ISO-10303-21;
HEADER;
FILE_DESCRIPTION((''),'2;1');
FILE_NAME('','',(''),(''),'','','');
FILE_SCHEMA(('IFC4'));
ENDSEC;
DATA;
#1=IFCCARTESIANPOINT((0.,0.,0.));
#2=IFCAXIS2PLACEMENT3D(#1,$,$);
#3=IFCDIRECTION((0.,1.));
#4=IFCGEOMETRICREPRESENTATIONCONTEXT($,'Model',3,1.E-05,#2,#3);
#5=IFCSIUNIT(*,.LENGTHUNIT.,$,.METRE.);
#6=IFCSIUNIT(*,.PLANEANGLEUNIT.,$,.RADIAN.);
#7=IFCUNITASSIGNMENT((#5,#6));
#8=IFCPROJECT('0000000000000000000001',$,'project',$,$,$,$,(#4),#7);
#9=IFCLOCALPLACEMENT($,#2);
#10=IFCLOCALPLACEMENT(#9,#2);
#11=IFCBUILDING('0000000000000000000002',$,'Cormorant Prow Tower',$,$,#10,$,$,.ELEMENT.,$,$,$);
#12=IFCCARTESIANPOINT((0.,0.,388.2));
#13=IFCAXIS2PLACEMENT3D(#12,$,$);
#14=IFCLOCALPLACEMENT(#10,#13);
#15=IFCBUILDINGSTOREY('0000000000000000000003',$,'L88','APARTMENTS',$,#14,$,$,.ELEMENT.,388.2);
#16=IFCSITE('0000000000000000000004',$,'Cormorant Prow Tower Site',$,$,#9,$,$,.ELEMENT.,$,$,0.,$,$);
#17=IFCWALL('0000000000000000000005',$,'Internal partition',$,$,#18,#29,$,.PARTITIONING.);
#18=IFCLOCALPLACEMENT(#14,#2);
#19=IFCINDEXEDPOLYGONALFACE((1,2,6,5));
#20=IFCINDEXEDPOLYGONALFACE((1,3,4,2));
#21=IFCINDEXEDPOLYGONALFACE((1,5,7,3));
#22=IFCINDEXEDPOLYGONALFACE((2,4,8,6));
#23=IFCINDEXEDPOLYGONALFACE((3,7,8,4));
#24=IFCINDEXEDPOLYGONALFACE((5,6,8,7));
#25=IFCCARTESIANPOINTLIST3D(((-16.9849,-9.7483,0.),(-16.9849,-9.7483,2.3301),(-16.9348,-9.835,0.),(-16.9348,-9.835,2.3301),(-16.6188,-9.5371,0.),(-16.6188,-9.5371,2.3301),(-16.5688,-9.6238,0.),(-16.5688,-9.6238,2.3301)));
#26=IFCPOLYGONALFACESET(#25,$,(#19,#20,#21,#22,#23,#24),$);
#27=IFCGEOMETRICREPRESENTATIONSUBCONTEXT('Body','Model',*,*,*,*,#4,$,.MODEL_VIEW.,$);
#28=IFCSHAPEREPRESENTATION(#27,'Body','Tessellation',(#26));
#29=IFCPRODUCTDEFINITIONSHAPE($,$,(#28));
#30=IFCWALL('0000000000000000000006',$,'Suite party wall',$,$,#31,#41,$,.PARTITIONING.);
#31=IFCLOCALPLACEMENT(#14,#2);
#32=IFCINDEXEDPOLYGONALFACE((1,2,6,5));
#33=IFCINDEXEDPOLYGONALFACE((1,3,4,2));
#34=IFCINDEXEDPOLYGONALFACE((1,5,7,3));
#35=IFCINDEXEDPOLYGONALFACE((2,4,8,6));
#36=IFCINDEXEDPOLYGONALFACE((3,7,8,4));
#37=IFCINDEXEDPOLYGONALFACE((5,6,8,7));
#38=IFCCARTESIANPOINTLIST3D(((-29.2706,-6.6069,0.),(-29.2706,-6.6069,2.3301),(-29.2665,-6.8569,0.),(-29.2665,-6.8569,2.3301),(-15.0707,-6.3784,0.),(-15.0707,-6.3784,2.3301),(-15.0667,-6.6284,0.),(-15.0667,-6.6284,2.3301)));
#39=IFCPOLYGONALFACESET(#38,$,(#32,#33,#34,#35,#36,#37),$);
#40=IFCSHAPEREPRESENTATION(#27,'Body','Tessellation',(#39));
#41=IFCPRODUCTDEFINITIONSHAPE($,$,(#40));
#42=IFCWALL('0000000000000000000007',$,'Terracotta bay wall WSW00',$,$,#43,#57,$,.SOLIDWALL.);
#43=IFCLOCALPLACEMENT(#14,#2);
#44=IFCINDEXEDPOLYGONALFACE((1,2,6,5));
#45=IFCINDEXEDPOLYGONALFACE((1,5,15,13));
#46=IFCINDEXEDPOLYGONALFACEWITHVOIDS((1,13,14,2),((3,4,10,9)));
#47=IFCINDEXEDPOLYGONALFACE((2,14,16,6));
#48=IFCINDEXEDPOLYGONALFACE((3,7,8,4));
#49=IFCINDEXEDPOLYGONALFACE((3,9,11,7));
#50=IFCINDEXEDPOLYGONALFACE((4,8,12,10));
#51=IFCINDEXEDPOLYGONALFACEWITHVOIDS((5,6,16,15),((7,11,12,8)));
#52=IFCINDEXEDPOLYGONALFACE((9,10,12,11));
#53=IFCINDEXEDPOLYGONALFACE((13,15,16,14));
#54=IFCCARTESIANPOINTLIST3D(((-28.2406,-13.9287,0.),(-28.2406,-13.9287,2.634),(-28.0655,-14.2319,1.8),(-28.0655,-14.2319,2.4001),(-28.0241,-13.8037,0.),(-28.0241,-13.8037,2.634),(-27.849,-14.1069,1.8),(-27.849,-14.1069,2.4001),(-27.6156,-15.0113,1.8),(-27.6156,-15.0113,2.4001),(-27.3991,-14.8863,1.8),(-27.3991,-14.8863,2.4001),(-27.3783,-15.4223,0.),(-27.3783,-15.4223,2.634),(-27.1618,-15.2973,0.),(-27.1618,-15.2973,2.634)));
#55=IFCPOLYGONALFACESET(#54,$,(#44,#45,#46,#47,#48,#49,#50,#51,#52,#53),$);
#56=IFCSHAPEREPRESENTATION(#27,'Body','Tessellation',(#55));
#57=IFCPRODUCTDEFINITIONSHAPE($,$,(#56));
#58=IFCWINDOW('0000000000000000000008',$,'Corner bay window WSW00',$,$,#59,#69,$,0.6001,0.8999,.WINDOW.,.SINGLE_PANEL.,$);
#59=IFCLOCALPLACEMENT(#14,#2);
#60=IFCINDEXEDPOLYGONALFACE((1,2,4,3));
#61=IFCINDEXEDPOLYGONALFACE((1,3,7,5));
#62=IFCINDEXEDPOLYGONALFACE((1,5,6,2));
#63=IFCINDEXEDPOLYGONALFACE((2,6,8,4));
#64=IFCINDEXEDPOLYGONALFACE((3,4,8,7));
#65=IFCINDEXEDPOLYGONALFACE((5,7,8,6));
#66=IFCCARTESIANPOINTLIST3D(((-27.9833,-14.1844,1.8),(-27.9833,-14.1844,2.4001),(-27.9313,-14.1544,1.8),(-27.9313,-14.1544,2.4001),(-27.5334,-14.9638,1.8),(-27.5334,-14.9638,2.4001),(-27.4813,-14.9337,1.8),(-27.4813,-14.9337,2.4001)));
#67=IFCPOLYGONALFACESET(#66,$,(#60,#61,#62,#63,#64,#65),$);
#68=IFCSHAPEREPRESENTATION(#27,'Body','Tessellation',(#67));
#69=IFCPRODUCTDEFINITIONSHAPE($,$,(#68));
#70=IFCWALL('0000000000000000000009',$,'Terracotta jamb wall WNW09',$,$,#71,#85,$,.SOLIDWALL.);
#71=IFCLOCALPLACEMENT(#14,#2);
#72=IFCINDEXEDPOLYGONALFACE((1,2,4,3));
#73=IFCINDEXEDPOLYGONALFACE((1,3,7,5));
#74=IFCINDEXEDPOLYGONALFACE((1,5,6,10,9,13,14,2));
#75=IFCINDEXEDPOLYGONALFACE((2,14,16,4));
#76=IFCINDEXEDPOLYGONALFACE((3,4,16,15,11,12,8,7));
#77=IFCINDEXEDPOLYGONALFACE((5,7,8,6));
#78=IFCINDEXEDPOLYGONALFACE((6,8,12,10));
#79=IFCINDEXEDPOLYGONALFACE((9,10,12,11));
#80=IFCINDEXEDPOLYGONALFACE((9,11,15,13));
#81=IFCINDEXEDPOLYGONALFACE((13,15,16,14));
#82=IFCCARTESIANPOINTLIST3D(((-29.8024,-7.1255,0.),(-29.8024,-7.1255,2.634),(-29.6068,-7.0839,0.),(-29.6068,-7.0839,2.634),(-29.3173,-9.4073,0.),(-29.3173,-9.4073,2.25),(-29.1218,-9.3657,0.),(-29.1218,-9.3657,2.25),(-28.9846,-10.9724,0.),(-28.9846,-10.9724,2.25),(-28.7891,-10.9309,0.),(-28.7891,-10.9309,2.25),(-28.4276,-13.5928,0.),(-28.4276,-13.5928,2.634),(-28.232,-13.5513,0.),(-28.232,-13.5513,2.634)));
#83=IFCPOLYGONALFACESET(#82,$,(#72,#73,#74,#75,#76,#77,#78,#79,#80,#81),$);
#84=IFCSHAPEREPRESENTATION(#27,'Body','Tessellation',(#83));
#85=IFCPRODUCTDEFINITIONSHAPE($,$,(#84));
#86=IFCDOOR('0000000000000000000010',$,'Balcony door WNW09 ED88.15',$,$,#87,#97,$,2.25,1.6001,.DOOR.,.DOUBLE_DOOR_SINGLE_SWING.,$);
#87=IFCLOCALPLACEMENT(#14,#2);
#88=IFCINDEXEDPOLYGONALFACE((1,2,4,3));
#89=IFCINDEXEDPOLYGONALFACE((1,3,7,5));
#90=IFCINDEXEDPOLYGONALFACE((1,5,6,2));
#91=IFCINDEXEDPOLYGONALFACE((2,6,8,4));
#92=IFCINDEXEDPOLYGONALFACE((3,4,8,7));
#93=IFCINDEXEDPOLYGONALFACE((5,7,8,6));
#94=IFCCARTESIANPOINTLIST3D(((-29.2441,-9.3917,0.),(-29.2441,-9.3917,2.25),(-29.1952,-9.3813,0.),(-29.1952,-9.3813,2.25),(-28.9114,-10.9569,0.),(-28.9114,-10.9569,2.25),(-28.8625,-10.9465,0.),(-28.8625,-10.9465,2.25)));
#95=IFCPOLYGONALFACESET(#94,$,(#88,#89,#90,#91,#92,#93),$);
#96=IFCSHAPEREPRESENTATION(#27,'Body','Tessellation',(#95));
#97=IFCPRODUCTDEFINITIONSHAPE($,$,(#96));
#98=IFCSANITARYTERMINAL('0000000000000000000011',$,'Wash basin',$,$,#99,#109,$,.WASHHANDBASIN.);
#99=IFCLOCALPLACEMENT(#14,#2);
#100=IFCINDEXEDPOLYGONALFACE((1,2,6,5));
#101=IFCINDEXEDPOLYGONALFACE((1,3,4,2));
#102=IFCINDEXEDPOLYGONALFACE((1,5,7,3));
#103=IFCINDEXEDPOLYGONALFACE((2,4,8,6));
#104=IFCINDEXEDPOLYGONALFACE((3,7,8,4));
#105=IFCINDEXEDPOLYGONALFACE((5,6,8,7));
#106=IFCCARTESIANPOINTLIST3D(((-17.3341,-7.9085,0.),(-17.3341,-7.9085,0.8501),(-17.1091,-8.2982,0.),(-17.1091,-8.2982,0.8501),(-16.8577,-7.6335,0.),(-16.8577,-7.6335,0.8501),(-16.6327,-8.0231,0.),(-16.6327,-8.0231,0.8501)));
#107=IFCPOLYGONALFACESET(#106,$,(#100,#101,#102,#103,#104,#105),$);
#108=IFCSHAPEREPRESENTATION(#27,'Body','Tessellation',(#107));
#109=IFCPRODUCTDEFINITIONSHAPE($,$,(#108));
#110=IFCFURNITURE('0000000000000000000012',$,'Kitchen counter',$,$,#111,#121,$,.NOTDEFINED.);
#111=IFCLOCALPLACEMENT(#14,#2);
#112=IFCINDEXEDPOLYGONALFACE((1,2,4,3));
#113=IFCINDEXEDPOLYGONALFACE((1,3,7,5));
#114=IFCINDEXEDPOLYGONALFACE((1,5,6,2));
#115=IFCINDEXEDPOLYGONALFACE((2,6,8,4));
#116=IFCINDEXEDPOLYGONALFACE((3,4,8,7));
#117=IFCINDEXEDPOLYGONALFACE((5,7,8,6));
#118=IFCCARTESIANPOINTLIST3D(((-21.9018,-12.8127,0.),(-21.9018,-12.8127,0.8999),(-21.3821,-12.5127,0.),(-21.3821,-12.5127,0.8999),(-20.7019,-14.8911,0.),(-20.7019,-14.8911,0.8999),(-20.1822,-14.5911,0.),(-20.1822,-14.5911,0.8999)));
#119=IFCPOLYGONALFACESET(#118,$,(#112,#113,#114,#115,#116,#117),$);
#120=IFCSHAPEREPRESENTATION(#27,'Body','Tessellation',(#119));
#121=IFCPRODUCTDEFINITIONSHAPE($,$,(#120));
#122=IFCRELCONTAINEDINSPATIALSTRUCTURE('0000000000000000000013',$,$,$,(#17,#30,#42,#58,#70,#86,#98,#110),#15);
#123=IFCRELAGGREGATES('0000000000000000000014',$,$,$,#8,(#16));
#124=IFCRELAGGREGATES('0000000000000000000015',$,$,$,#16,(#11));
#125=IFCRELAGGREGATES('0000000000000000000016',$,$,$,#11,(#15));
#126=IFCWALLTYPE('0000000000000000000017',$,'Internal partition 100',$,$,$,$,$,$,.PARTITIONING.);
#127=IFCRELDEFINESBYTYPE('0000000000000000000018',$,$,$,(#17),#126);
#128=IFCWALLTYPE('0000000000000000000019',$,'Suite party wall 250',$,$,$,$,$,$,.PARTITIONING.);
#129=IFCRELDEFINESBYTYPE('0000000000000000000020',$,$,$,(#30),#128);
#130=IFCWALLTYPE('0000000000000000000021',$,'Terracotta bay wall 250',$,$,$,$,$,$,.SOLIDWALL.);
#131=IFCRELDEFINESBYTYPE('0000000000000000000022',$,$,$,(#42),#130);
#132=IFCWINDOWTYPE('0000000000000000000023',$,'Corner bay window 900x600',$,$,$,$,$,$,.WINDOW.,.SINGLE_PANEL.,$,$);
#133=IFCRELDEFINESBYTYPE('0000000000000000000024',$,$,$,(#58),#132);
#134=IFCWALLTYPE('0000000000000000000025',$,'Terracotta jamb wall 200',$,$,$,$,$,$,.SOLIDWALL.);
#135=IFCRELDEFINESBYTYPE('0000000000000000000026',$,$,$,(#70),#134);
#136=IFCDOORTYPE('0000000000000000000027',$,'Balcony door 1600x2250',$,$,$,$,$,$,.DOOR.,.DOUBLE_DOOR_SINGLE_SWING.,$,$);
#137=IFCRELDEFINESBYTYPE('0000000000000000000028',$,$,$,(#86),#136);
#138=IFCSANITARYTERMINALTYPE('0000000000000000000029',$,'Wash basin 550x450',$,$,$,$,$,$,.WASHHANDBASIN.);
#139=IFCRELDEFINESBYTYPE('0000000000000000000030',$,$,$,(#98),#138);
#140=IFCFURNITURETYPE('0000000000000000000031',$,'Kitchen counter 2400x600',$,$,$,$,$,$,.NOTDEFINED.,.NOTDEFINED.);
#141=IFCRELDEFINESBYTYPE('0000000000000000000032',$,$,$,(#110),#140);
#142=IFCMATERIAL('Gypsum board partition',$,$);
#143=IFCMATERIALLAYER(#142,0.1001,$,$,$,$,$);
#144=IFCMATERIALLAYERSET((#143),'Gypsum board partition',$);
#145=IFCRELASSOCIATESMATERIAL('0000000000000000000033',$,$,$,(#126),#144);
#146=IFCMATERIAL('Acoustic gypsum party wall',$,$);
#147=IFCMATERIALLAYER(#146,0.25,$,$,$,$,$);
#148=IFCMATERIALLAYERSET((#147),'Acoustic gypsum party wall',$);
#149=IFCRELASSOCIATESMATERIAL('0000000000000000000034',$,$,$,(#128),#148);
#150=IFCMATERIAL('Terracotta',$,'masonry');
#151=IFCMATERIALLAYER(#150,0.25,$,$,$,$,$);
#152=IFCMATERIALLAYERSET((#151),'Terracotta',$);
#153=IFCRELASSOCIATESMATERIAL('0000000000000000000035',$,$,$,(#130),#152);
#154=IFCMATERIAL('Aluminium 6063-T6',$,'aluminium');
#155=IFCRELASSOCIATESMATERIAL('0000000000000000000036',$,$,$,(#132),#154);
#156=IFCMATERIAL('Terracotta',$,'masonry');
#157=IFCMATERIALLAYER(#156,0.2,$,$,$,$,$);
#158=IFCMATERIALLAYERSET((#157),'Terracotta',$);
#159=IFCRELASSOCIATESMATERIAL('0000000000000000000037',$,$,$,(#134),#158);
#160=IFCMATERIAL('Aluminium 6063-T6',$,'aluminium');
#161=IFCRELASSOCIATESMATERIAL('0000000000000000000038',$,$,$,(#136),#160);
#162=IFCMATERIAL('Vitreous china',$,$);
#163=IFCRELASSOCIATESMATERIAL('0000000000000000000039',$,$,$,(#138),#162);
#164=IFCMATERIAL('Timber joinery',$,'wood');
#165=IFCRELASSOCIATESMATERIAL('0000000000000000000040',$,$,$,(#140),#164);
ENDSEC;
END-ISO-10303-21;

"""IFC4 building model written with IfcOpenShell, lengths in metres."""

from ifc_helpers import new_model, si_unit, direction, frame, frame_2d, origin, origin_2d, place, context, subcontext, project, spatial, rectangle, extrude, material, layer, layer_set, type_object, element, fill, save


model = new_model("IFC4")

# Units and contexts
model_context = context("Model", 3, precision=1e-05, world=origin(), true_north=direction((0.0, 1.0)))
body_context = subcontext(model_context, "Body", "Model", "MODEL_VIEW")
ifc_project = project(units=[si_unit("LENGTHUNIT", "METRE"), si_unit("PLANEANGLEUNIT", "RADIAN")], contexts=[model_context])

# Site, building, storey
site_placement = place(None, origin())
site = spatial("IfcSite", under=ifc_project, at=site_placement, Name="Cormorant Prow Tower Site", CompositionType="ELEMENT", RefElevation=0.0)
building_placement = place(site_placement, origin())
building = spatial("IfcBuilding", under=site, at=building_placement, Name="Cormorant Prow Tower", CompositionType="ELEMENT")
storey_placement = place(building_placement, frame((0.0, 0.0, 388.2)))
storey = spatial("IfcBuildingStorey", under=building, at=storey_placement, Name="L88", Description="APARTMENTS", CompositionType="ELEMENT", Elevation=388.2)

# Shared definitions
ifc_material_1 = material(Name="Gypsum board partition")
ifc_layer_1 = layer(ifc_material_1, 0.1001)
ifc_layer_set_1 = layer_set([ifc_layer_1], Name="Gypsum board partition")
wall_type_1 = type_object("IfcWallType", Name="Internal partition 100", PredefinedType="PARTITIONING", material=ifc_layer_set_1)

# Walls
wall_1_placement = place(storey_placement, frame((-16.96, -9.7917, 0.0), z_axis=(0.0, 0.0, 1.0), x_axis=(0.866137, 0.499806, 0.0)))
element("IfcWall", 1, at=wall_1_placement, inside=storey, type_object=wall_type_1, Name="Internal partition", PredefinedType="PARTITIONING", context=body_context, shape_type="SweptSolid", body=[
    extrude(rectangle(XDim=0.4226, YDim=0.1001, at=frame_2d((0.2114, 0.0))), origin(), (0.0, 0.0, 1.0), 2.3301),
])
ifc_material_2 = material(Name="Acoustic gypsum party wall")
ifc_layer_2 = layer(ifc_material_2, 0.25)
ifc_layer_set_2 = layer_set([ifc_layer_2], Name="Acoustic gypsum party wall")
wall_type_2 = type_object("IfcWallType", Name="Suite party wall 250", PredefinedType="PARTITIONING", material=ifc_layer_set_2)
wall_2_placement = place(storey_placement, frame((-29.2686, -6.7319, 0.0), z_axis=(0.0, 0.0, 1.0), x_axis=(0.999871, 0.016091, 0.0)))
element("IfcWall", 2, at=wall_2_placement, inside=storey, type_object=wall_type_2, Name="Suite party wall", PredefinedType="PARTITIONING", context=body_context, shape_type="SweptSolid", body=[
    extrude(rectangle(XDim=14.2017, YDim=0.25, at=frame_2d((7.1008, 0.0))), origin(), (0.0, 0.0, 1.0), 2.3301),
])

# Wall, opening, window
ifc_material_3 = material(Name="Terracotta", Category="masonry")
ifc_layer_3 = layer(ifc_material_3, 0.25)
ifc_layer_set_3 = layer_set([ifc_layer_3], Name="Terracotta")
wall_type_3 = type_object("IfcWallType", Name="Terracotta bay wall 250", PredefinedType="SOLIDWALL", material=ifc_layer_set_3)
wall_3_placement = place(storey_placement, frame((-28.1323, -13.8662, 0.0), z_axis=(0.0, 0.0, 1.0), x_axis=(0.499976, -0.866039, 0.0)))
wall_3 = element("IfcWall", 3, at=wall_3_placement, inside=storey, type_object=wall_type_3, Name="Terracotta bay wall WSW00", PredefinedType="SOLIDWALL", context=body_context, shape_type="SweptSolid", body=[
    extrude(rectangle(XDim=1.7246, YDim=0.25, at=frame_2d((0.8623, 0.0))), origin(), (0.0, 0.0, 1.0), 2.634),
])
opening_1_placement = place(wall_3_placement, frame((0.3501, 0.0, 1.8)))
opening_1 = element("IfcOpeningElement", 4, at=opening_1_placement, cuts=wall_3, PredefinedType="OPENING", context=body_context, shape_type="SweptSolid", body=[
    extrude(rectangle(XDim=0.8999, YDim=0.6001, at=frame_2d((0.45, 0.3))), frame((0.0, 0.135, 0.0), z_axis=(0.0, -1.0, 0.0), x_axis=(1.0, 0.0, 0.0)), (0.0, 0.0, 1.0), 0.27),
])
ifc_material_4 = material(Name="Aluminium 6063-T6", Category="aluminium")
window_type = type_object("IfcWindowType", Name="Corner bay window 900x600", PartitioningType="SINGLE_PANEL", PredefinedType="WINDOW", material=ifc_material_4)
window_placement = place(opening_1_placement, origin())
window = element("IfcWindow", 5, at=window_placement, inside=storey, type_object=window_type, Name="Corner bay window WSW00", OverallHeight=0.6001, OverallWidth=0.8999, PartitioningType="SINGLE_PANEL", PredefinedType="WINDOW", context=body_context, shape_type="SweptSolid", body=[
    extrude(rectangle(XDim=0.8999, YDim=0.6001, at=frame_2d((0.45, 0.3))), frame((0.0, 0.03, 0.0), z_axis=(0.0, -1.0, 0.0), x_axis=(1.0, 0.0, 0.0)), (0.0, 0.0, 1.0), 0.0601),
])
fill(opening_1, window)

# Wall, opening, door
ifc_material_5 = material(Name="Terracotta", Category="masonry")
ifc_layer_4 = layer(ifc_material_5, 0.2)
ifc_layer_set_4 = layer_set([ifc_layer_4], Name="Terracotta")
wall_type_4 = type_object("IfcWallType", Name="Terracotta jamb wall 200", PredefinedType="SOLIDWALL", material=ifc_layer_set_4)
wall_4_placement = place(storey_placement, frame((-29.7046, -7.1047, 0.0), z_axis=(0.0, 0.0, 1.0), x_axis=(0.207925, -0.978145, 0.0)))
wall_4 = element("IfcWall", 6, at=wall_4_placement, inside=storey, type_object=wall_type_4, Name="Terracotta jamb wall WNW09", PredefinedType="SOLIDWALL", context=body_context, shape_type="SweptSolid", body=[
    extrude(rectangle(XDim=6.6118, YDim=0.2, at=frame_2d((3.3059, 0.0))), origin(), (0.0, 0.0, 1.0), 2.634),
])
opening_2_placement = place(wall_4_placement, frame((2.3328, 0.0, 0.0)))
opening_2 = element("IfcOpeningElement", 7, at=opening_2_placement, cuts=wall_4, PredefinedType="OPENING", context=body_context, shape_type="SweptSolid", body=[
    extrude(rectangle(XDim=1.6001, YDim=2.25, at=frame_2d((0.8, 1.125))), frame((0.0, 0.1099, 0.0), z_axis=(0.0, -1.0, 0.0), x_axis=(1.0, 0.0, 0.0)), (0.0, 0.0, 1.0), 0.22),
])
ifc_material_6 = material(Name="Aluminium 6063-T6", Category="aluminium")
door_type_1 = type_object("IfcDoorType", Name="Balcony door 1600x2250", OperationType="DOUBLE_DOOR_SINGLE_SWING", PredefinedType="DOOR", material=ifc_material_6)
door_1_placement = place(opening_2_placement, origin())
door_1 = element("IfcDoor", 8, at=door_1_placement, inside=storey, type_object=door_type_1, Name="Balcony door WNW09 ED88.15", OperationType="DOUBLE_DOOR_SINGLE_SWING", OverallHeight=2.25, OverallWidth=1.6001, PredefinedType="DOOR", context=body_context, shape_type="SweptSolid", body=[
    extrude(rectangle(XDim=1.6001, YDim=2.25, at=frame_2d((0.8, 1.125))), frame((0.0, 0.0249, 0.0), z_axis=(0.0, -1.0, 0.0), x_axis=(1.0, 0.0, 0.0)), (0.0, 0.0, 1.0), 0.05),
])
fill(opening_2, door_1)

# Sanitary terminal
ifc_material_7 = material(Name="Vitreous china")
sanitary_terminal_type = type_object("IfcSanitaryTerminalType", Name="Wash basin 550x450", PredefinedType="WASHHANDBASIN", material=ifc_material_7)
sanitary_terminal_placement = place(storey_placement, frame((-16.9834, -7.9658, 0.0), z_axis=(0.0, 0.0, 1.0), x_axis=(0.866025, 0.5, 0.0)))
element("IfcSanitaryTerminal", 9, at=sanitary_terminal_placement, inside=storey, type_object=sanitary_terminal_type, Name="Wash basin", PredefinedType="WASHHANDBASIN", context=body_context, shape_type="SweptSolid", body=[
    extrude(rectangle(XDim=0.55, YDim=0.45, at=origin_2d()), origin(), (0.0, 0.0, 1.0), 0.8501),
])

# Furniture
ifc_material_8 = material(Name="Timber joinery", Category="wood")
furniture_type = type_object("IfcFurnitureType", Name="Kitchen counter 2400x600", AssemblyPlace="NOTDEFINED", PredefinedType="NOTDEFINED", material=ifc_material_8)
furniture_placement = place(storey_placement, frame((-21.042, -13.7019, 0.0), z_axis=(0.0, 0.0, 1.0), x_axis=(0.5, -0.866025, 0.0)))
element("IfcFurniture", 10, at=furniture_placement, inside=storey, type_object=furniture_type, Name="Kitchen counter", PredefinedType="NOTDEFINED", context=body_context, shape_type="SweptSolid", body=[
    extrude(rectangle(XDim=2.3999, YDim=0.6001, at=origin_2d()), origin(), (0.0, 0.0, 1.0), 0.8999),
])

save(model, "model.ifc")
